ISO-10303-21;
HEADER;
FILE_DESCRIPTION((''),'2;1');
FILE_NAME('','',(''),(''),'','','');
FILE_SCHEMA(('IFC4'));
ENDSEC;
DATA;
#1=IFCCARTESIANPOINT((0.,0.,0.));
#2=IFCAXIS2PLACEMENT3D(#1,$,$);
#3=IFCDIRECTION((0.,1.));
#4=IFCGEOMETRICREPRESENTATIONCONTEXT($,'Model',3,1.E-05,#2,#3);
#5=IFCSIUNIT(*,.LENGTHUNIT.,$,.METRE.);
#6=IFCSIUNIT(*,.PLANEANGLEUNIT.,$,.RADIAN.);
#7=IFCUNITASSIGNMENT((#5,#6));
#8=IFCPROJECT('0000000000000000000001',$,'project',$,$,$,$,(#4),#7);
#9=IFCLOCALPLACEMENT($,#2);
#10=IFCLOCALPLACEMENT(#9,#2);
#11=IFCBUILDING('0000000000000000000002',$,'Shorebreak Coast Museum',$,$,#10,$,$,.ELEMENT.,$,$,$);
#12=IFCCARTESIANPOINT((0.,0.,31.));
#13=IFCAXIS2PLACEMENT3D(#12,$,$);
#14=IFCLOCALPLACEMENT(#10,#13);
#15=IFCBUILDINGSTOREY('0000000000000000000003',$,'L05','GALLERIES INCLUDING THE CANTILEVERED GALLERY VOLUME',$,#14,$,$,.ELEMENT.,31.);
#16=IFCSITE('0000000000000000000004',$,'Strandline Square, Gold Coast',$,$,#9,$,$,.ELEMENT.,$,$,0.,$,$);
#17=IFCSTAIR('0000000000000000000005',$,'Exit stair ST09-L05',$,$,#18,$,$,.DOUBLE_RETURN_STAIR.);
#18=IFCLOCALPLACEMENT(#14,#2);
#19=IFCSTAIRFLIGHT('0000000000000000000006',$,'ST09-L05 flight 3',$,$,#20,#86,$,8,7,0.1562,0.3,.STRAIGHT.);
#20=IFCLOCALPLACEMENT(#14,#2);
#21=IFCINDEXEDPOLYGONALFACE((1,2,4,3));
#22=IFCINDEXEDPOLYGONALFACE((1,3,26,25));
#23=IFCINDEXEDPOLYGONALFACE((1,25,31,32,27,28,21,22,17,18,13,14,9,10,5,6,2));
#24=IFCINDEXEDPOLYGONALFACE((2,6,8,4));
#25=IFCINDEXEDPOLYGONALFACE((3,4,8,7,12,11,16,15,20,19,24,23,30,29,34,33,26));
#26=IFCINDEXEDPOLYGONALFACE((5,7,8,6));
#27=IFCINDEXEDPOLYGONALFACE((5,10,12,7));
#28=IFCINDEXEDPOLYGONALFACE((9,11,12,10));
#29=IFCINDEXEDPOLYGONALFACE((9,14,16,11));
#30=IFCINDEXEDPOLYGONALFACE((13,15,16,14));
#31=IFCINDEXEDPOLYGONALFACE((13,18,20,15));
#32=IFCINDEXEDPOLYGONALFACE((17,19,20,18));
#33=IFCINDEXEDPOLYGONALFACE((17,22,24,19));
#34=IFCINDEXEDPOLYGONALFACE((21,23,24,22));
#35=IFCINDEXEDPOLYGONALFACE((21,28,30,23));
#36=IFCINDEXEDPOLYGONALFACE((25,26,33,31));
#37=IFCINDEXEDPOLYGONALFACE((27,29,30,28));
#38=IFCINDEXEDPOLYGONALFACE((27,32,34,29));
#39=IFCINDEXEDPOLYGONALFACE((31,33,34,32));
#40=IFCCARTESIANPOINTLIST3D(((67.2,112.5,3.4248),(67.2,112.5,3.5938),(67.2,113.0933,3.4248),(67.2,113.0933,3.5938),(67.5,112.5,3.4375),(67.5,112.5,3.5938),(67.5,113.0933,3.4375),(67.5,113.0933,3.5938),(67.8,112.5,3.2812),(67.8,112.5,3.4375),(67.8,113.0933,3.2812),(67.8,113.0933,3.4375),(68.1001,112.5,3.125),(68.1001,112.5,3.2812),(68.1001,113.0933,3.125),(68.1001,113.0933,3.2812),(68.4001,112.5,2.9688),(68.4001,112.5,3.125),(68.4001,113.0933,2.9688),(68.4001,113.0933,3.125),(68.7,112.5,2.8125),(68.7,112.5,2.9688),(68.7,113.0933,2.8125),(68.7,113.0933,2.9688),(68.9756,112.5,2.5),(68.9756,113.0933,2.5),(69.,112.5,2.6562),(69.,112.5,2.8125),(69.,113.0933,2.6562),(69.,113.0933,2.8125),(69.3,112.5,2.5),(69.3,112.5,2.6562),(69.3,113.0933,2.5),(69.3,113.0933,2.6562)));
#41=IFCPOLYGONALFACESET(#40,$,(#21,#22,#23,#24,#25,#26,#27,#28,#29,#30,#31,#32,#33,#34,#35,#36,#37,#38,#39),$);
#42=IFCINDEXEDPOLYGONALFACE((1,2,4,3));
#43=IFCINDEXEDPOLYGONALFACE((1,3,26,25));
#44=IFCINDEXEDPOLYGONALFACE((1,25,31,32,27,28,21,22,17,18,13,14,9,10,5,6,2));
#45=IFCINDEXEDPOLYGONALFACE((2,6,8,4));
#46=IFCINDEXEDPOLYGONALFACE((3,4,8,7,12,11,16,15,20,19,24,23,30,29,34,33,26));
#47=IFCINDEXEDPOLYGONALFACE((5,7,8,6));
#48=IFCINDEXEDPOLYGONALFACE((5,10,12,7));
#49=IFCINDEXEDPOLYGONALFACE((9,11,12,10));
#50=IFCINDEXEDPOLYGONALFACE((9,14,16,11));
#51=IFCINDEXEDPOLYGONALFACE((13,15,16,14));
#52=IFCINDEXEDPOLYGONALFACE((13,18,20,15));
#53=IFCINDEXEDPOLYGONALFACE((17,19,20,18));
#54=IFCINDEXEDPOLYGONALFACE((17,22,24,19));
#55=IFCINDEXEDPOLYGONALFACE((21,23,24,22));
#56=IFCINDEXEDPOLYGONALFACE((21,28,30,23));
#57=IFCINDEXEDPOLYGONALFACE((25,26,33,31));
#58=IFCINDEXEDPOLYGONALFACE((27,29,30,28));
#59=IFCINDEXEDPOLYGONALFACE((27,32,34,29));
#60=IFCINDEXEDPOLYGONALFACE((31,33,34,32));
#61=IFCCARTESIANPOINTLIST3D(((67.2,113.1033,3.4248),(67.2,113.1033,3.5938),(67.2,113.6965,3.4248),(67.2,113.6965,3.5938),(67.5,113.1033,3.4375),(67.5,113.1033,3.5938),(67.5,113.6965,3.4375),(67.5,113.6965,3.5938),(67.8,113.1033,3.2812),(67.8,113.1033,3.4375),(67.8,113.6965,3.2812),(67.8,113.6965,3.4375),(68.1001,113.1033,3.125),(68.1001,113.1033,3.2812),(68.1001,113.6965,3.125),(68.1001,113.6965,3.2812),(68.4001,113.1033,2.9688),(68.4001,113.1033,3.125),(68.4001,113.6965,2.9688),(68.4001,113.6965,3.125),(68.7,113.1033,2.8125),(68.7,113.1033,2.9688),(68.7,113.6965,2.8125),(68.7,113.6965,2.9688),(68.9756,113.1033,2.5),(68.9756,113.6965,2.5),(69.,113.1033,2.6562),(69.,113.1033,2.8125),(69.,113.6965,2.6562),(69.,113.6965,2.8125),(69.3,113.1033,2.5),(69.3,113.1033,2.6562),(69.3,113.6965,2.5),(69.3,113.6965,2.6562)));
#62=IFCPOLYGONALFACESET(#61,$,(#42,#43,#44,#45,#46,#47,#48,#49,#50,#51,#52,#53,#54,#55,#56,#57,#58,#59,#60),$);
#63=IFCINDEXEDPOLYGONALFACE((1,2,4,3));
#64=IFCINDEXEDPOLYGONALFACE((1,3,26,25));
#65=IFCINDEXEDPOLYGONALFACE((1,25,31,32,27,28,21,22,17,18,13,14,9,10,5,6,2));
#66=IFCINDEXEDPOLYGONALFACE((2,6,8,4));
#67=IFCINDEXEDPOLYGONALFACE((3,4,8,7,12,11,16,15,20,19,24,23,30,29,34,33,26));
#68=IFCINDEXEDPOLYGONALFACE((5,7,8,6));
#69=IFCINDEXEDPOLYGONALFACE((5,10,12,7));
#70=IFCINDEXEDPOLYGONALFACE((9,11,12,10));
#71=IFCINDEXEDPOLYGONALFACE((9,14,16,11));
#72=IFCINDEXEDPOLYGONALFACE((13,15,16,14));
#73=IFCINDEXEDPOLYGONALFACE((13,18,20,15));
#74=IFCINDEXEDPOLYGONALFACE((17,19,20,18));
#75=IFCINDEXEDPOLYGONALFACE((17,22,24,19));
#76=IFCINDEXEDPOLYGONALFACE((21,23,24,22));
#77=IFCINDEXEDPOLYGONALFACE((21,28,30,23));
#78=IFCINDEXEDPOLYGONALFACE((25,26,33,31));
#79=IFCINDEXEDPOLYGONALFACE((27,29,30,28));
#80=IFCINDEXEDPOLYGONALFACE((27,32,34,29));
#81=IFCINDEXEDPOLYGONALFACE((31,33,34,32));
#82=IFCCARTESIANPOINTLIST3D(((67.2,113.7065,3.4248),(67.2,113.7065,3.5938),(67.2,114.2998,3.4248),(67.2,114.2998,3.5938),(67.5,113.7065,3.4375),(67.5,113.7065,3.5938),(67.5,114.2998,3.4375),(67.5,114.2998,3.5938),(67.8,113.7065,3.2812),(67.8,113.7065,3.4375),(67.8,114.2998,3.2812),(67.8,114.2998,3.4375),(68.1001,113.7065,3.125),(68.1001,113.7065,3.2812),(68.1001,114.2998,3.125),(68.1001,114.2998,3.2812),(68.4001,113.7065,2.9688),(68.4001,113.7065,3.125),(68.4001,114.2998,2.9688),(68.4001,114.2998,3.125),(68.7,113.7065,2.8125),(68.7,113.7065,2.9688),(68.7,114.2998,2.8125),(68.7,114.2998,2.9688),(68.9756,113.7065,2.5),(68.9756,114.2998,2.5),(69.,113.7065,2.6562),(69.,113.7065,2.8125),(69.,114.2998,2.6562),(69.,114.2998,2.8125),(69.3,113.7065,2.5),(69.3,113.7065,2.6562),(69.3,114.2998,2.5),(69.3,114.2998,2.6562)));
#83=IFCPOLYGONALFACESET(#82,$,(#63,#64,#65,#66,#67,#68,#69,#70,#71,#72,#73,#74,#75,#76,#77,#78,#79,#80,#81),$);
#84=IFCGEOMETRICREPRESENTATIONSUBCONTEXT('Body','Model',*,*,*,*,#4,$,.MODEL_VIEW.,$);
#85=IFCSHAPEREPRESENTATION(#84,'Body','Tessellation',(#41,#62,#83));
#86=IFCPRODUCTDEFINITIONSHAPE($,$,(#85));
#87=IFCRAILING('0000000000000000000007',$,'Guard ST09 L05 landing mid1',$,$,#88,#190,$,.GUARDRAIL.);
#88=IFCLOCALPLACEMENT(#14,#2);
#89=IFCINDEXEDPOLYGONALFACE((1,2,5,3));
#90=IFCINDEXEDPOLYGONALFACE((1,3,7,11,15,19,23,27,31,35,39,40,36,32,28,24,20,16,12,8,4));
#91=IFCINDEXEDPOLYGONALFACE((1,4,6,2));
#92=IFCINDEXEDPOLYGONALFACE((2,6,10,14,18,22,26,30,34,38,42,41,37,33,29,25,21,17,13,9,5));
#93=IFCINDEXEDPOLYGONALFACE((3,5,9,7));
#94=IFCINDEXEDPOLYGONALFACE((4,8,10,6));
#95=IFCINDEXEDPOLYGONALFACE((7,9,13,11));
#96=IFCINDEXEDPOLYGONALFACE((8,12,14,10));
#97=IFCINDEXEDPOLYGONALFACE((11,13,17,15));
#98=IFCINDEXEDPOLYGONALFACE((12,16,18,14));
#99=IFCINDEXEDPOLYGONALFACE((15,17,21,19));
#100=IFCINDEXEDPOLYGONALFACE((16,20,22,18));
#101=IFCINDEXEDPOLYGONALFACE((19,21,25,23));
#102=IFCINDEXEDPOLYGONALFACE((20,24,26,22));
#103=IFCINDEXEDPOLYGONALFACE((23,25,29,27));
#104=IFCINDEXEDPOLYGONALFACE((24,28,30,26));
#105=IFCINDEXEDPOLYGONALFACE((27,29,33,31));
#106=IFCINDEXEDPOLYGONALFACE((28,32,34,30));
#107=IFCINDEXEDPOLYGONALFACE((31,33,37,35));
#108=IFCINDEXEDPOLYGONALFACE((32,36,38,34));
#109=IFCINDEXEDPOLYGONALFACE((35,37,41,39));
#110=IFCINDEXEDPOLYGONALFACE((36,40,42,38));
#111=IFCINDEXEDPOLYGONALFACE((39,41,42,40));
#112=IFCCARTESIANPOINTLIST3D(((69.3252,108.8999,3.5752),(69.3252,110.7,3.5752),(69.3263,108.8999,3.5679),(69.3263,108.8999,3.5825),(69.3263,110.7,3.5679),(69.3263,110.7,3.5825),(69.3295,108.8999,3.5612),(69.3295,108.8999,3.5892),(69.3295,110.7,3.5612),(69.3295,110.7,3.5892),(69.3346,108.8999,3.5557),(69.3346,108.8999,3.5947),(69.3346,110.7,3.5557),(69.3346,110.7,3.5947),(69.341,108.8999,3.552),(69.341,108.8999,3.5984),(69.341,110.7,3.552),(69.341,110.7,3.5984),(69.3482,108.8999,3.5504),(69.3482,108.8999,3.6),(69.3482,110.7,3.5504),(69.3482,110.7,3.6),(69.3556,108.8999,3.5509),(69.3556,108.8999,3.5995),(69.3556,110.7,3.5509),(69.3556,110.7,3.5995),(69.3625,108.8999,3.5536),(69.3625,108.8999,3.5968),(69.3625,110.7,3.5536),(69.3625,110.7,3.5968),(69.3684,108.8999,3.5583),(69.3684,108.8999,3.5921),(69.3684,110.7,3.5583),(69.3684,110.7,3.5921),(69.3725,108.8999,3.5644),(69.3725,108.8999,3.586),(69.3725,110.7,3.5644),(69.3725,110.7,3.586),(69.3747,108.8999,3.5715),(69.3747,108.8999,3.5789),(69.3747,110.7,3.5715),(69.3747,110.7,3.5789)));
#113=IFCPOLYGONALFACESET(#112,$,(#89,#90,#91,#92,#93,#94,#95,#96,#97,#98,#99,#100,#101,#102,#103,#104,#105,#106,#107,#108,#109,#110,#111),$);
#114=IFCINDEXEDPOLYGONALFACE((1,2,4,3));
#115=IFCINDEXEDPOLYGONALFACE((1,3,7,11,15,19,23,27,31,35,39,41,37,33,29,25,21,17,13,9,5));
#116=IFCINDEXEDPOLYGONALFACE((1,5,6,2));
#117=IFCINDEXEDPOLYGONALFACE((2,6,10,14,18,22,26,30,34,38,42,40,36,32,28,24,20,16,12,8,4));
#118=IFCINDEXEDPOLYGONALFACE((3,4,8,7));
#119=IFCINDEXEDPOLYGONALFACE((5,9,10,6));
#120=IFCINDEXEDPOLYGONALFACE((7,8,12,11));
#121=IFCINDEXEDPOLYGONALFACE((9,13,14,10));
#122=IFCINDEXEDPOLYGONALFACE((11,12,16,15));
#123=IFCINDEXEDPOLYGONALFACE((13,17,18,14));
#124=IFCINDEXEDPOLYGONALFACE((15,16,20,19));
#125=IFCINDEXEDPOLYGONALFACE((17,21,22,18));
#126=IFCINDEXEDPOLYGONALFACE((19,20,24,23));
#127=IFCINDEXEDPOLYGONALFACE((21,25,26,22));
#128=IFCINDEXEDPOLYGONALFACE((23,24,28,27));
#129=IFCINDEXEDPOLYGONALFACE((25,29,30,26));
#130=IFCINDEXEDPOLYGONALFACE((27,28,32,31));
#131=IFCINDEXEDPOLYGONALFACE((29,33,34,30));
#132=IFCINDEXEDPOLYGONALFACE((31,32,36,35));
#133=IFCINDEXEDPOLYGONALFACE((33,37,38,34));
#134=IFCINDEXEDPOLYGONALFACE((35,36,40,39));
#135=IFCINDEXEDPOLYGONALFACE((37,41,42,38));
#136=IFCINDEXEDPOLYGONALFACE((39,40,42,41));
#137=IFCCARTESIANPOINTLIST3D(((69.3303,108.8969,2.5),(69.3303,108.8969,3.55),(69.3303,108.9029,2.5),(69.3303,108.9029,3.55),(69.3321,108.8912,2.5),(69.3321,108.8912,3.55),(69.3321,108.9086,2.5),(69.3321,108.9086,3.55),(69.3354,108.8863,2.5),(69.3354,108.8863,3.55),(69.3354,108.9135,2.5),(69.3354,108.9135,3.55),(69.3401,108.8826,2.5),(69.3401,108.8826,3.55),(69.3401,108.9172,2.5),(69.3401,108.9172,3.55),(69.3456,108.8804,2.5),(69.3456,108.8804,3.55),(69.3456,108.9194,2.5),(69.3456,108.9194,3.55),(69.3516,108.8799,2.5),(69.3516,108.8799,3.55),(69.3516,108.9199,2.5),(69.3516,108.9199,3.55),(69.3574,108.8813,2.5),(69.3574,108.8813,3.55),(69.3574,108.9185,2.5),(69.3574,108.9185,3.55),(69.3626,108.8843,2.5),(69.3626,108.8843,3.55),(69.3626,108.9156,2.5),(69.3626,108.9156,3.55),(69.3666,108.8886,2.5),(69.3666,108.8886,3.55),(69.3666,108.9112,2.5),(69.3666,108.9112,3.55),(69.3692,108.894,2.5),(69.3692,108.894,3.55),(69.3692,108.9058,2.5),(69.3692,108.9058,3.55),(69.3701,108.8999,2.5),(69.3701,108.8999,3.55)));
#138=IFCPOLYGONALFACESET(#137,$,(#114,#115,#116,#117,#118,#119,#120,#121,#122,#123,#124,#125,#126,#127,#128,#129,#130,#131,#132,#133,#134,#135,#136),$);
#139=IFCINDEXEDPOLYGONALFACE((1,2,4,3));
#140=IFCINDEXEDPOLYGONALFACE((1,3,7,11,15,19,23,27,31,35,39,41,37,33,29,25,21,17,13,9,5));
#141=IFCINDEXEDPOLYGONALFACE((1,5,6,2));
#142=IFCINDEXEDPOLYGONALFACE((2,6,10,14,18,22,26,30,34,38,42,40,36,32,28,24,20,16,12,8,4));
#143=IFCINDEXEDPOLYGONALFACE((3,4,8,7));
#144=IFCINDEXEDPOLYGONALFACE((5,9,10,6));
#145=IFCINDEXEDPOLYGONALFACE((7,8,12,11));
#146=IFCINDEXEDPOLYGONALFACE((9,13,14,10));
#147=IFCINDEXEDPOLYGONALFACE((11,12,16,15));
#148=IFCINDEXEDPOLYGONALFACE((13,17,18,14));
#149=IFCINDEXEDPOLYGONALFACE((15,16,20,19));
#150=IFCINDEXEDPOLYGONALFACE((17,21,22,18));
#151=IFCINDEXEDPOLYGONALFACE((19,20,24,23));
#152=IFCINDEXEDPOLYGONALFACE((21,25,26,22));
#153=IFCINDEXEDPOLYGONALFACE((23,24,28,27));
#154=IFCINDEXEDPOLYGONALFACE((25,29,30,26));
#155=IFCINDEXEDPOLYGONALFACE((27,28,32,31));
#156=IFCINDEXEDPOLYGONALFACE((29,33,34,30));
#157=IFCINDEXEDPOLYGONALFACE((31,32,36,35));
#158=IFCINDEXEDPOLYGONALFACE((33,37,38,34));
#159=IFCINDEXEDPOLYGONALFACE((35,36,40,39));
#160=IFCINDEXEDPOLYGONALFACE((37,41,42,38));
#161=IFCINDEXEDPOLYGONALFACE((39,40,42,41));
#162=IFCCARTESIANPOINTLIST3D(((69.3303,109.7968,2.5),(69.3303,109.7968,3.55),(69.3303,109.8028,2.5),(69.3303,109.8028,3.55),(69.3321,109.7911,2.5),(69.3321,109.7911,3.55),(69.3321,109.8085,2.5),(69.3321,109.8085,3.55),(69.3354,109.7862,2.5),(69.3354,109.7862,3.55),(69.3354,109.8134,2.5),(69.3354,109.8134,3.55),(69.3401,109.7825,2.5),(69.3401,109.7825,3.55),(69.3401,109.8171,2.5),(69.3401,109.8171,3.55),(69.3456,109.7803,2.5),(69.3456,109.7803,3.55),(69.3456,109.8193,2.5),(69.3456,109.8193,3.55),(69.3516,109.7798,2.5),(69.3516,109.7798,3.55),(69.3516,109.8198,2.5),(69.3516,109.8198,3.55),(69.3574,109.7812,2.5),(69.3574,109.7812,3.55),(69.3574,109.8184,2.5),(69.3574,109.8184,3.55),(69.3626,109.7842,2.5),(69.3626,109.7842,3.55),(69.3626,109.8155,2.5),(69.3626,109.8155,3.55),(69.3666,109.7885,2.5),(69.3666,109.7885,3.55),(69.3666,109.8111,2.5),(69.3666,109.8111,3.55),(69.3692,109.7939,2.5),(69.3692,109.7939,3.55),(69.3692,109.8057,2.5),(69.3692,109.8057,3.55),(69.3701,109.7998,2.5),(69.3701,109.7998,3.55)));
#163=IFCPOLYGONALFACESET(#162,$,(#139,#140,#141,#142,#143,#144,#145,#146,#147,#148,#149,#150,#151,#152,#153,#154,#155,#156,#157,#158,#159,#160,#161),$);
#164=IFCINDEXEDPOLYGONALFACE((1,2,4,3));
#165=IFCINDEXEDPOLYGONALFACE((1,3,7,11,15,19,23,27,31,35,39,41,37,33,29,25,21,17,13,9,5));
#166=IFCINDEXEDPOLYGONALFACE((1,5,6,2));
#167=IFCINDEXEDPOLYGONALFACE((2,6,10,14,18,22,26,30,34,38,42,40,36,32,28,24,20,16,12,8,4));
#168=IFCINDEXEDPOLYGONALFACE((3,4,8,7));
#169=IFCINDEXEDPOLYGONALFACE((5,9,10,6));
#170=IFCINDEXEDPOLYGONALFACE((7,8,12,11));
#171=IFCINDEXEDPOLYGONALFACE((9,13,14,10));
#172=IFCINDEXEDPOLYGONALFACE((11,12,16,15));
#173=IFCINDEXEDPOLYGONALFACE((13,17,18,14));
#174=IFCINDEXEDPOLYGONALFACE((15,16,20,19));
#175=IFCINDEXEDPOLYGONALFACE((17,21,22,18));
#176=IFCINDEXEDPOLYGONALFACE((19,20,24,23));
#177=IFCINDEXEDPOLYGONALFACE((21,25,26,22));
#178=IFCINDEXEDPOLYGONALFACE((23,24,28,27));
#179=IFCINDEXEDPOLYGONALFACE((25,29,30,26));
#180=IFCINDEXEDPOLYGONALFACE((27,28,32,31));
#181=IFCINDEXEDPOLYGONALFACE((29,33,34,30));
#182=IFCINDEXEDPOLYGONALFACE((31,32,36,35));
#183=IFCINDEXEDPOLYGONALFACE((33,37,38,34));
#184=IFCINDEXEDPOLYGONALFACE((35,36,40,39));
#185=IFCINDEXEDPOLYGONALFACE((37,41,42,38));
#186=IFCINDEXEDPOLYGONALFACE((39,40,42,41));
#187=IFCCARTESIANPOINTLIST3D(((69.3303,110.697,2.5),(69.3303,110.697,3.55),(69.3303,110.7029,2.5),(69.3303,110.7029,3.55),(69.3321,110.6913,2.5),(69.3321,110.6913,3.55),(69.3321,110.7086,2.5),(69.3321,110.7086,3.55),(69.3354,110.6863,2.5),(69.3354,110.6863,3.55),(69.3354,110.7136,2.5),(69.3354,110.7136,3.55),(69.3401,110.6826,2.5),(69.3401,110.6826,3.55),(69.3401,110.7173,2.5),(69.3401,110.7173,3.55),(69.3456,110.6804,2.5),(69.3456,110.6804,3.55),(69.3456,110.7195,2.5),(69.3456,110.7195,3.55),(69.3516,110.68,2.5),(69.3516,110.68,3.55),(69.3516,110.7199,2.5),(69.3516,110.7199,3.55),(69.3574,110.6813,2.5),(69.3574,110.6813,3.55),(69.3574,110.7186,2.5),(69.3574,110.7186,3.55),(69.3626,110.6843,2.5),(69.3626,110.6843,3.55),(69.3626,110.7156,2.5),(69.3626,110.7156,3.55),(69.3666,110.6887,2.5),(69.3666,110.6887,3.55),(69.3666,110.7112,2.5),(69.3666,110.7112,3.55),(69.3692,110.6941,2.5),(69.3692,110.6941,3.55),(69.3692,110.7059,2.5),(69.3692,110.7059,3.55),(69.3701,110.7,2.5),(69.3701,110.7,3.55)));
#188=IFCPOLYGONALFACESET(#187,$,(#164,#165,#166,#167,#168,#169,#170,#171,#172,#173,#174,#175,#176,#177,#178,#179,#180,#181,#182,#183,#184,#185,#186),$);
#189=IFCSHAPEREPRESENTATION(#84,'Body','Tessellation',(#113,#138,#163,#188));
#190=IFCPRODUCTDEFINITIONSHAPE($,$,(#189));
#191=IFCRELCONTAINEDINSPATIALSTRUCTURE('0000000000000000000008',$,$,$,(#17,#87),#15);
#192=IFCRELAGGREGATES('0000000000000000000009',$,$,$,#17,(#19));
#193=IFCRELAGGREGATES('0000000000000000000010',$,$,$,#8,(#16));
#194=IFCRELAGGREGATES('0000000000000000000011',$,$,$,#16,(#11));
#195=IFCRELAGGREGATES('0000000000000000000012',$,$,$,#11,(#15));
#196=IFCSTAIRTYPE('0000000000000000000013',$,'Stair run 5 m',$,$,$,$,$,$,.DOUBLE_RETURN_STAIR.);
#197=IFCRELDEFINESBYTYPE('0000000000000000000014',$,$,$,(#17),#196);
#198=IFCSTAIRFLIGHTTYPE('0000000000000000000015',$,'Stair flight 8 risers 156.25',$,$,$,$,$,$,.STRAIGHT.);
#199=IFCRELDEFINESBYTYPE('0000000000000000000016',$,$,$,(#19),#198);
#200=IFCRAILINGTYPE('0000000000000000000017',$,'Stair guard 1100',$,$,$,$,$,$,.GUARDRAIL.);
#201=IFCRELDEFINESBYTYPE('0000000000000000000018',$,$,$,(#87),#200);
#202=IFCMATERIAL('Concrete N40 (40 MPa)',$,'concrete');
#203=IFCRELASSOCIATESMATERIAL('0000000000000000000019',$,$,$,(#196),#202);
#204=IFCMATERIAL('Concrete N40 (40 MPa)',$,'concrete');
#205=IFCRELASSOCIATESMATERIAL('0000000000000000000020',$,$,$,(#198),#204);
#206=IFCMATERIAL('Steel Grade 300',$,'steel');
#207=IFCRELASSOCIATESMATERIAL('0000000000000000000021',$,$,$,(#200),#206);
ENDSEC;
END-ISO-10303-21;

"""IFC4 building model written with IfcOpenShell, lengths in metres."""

from ifc_helpers import new_model, si_unit, direction, frame, origin, origin_2d, place, context, subcontext, project, spatial, polyline, circle, outline, extrude, material, type_object, element, aggregate, save


model = new_model("IFC4")

# Units and contexts
model_context = context("Model", 3, precision=1e-05, world=origin(), true_north=direction((0.0, 1.0)))
body_context = subcontext(model_context, "Body", "Model", "MODEL_VIEW")
ifc_project = project(units=[si_unit("LENGTHUNIT", "METRE"), si_unit("PLANEANGLEUNIT", "RADIAN")], contexts=[model_context])

# Site, building, storey
site_placement = place(None, origin())
site = spatial("IfcSite", under=ifc_project, at=site_placement, Name="Strandline Square, Gold Coast", CompositionType="ELEMENT", RefElevation=0.0)
building_placement = place(site_placement, origin())
building = spatial("IfcBuilding", under=site, at=building_placement, Name="Shorebreak Coast Museum", CompositionType="ELEMENT")
storey_placement = place(building_placement, frame((0.0, 0.0, 31.0)))
storey = spatial("IfcBuildingStorey", under=building, at=storey_placement, Name="L05", Description="GALLERIES INCLUDING THE CANTILEVERED GALLERY VOLUME", CompositionType="ELEMENT", Elevation=31.0)

# Stair, stair flight
ifc_material_1 = material(Name="Concrete N40 (40 MPa)", Category="concrete")
stair_type = type_object("IfcStairType", Name="Stair run 5 m", PredefinedType="DOUBLE_RETURN_STAIR", material=ifc_material_1)
stair_placement = place(storey_placement, origin())
stair = element("IfcStair", 1, at=stair_placement, inside=storey, type_object=stair_type, Name="Exit stair ST09-L05", PredefinedType="DOUBLE_RETURN_STAIR")
ifc_material_2 = material(Name="Concrete N40 (40 MPa)", Category="concrete")
stair_flight_type = type_object("IfcStairFlightType", Name="Stair flight 8 risers 156.25", PredefinedType="STRAIGHT", material=ifc_material_2)
stair_flight_1_placement = place(storey_placement, frame((69.3, 113.3999, 2.5), z_axis=(0.0, 0.0, 1.0), x_axis=(-1.0, 0.0, 0.0)))
stair_flight_1 = element("IfcStairFlight", 2, at=stair_flight_1_placement, type_object=stair_flight_type, Name="ST09-L05 flight 3", NumberOfRisers=8, NumberOfTreads=7, PredefinedType="STRAIGHT", RiserHeight=0.1562, TreadLength=0.3, context=body_context, shape_type="SweptSolid", body=[
    extrude(outline(polyline([(0.0, 0.0), (0.0, 0.1562), (0.3, 0.1562), (0.3, 0.3125), (0.6001, 0.3125), (0.6001, 0.4688), (0.8999, 0.4688), (0.8999, 0.625), (1.2, 0.625), (1.2, 0.7812), (1.5, 0.7812), (1.5, 0.9375), (1.8, 0.9375), (1.8, 1.0938), (2.1001, 1.0938), (2.1001, 1.25), (2.1001, 0.9248), (0.3245, 0.0), (0.0, 0.0)])), frame((0.0, 0.8999, 0.0), z_axis=(0.0, -1.0, 0.0), x_axis=(1.0, 0.0, 0.0)), (0.0, 0.0, 1.0), 0.5933),
    extrude(outline(polyline([(0.0, 0.0), (0.0, 0.1562), (0.3, 0.1562), (0.3, 0.3125), (0.6001, 0.3125), (0.6001, 0.4688), (0.8999, 0.4688), (0.8999, 0.625), (1.2, 0.625), (1.2, 0.7812), (1.5, 0.7812), (1.5, 0.9375), (1.8, 0.9375), (1.8, 1.0938), (2.1001, 1.0938), (2.1001, 1.25), (2.1001, 0.9248), (0.3245, 0.0), (0.0, 0.0)])), frame((0.0, 0.2966, 0.0), z_axis=(0.0, -1.0, 0.0), x_axis=(1.0, 0.0, 0.0)), (0.0, 0.0, 1.0), 0.5933),
    extrude(outline(polyline([(0.0, 0.0), (0.0, 0.1562), (0.3, 0.1562), (0.3, 0.3125), (0.6001, 0.3125), (0.6001, 0.4688), (0.8999, 0.4688), (0.8999, 0.625), (1.2, 0.625), (1.2, 0.7812), (1.5, 0.7812), (1.5, 0.9375), (1.8, 0.9375), (1.8, 1.0938), (2.1001, 1.0938), (2.1001, 1.25), (2.1001, 0.9248), (0.3245, 0.0), (0.0, 0.0)])), frame((0.0, -0.3066, 0.0), z_axis=(0.0, -1.0, 0.0), x_axis=(1.0, 0.0, 0.0)), (0.0, 0.0, 1.0), 0.5933),
])
aggregate(stair, [stair_flight_1])

# Railing
ifc_material_3 = material(Name="Steel Grade 300", Category="steel")
railing_type_1 = type_object("IfcRailingType", Name="Stair guard 1100", PredefinedType="GUARDRAIL", material=ifc_material_3)
railing_1_placement = place(storey_placement, frame((69.3501, 108.8999, 2.5)))
element("IfcRailing", 3, at=railing_1_placement, inside=storey, type_object=railing_type_1, Name="Guard ST09 L05 landing mid1", PredefinedType="GUARDRAIL", context=body_context, shape_type="SweptSolid", body=[
    extrude(circle(Radius=0.0249, at=origin_2d()), frame((0.0, 0.0, 1.0752), z_axis=(0.0, 1.0, 0.0), x_axis=(-1.0, 0.0, 0.0)), (0.0, 0.0, 1.0), 1.8),
    extrude(circle(Radius=0.02, at=origin_2d()), origin(), (0.0, 0.0, 1.0), 1.05),
    extrude(circle(Radius=0.02, at=origin_2d()), frame((0.0, 0.8999, 0.0)), (0.0, 0.0, 1.0), 1.05),
    extrude(circle(Radius=0.02, at=origin_2d()), frame((0.0, 1.8, 0.0)), (0.0, 0.0, 1.0), 1.05),
])

save(model, "model.ifc")
